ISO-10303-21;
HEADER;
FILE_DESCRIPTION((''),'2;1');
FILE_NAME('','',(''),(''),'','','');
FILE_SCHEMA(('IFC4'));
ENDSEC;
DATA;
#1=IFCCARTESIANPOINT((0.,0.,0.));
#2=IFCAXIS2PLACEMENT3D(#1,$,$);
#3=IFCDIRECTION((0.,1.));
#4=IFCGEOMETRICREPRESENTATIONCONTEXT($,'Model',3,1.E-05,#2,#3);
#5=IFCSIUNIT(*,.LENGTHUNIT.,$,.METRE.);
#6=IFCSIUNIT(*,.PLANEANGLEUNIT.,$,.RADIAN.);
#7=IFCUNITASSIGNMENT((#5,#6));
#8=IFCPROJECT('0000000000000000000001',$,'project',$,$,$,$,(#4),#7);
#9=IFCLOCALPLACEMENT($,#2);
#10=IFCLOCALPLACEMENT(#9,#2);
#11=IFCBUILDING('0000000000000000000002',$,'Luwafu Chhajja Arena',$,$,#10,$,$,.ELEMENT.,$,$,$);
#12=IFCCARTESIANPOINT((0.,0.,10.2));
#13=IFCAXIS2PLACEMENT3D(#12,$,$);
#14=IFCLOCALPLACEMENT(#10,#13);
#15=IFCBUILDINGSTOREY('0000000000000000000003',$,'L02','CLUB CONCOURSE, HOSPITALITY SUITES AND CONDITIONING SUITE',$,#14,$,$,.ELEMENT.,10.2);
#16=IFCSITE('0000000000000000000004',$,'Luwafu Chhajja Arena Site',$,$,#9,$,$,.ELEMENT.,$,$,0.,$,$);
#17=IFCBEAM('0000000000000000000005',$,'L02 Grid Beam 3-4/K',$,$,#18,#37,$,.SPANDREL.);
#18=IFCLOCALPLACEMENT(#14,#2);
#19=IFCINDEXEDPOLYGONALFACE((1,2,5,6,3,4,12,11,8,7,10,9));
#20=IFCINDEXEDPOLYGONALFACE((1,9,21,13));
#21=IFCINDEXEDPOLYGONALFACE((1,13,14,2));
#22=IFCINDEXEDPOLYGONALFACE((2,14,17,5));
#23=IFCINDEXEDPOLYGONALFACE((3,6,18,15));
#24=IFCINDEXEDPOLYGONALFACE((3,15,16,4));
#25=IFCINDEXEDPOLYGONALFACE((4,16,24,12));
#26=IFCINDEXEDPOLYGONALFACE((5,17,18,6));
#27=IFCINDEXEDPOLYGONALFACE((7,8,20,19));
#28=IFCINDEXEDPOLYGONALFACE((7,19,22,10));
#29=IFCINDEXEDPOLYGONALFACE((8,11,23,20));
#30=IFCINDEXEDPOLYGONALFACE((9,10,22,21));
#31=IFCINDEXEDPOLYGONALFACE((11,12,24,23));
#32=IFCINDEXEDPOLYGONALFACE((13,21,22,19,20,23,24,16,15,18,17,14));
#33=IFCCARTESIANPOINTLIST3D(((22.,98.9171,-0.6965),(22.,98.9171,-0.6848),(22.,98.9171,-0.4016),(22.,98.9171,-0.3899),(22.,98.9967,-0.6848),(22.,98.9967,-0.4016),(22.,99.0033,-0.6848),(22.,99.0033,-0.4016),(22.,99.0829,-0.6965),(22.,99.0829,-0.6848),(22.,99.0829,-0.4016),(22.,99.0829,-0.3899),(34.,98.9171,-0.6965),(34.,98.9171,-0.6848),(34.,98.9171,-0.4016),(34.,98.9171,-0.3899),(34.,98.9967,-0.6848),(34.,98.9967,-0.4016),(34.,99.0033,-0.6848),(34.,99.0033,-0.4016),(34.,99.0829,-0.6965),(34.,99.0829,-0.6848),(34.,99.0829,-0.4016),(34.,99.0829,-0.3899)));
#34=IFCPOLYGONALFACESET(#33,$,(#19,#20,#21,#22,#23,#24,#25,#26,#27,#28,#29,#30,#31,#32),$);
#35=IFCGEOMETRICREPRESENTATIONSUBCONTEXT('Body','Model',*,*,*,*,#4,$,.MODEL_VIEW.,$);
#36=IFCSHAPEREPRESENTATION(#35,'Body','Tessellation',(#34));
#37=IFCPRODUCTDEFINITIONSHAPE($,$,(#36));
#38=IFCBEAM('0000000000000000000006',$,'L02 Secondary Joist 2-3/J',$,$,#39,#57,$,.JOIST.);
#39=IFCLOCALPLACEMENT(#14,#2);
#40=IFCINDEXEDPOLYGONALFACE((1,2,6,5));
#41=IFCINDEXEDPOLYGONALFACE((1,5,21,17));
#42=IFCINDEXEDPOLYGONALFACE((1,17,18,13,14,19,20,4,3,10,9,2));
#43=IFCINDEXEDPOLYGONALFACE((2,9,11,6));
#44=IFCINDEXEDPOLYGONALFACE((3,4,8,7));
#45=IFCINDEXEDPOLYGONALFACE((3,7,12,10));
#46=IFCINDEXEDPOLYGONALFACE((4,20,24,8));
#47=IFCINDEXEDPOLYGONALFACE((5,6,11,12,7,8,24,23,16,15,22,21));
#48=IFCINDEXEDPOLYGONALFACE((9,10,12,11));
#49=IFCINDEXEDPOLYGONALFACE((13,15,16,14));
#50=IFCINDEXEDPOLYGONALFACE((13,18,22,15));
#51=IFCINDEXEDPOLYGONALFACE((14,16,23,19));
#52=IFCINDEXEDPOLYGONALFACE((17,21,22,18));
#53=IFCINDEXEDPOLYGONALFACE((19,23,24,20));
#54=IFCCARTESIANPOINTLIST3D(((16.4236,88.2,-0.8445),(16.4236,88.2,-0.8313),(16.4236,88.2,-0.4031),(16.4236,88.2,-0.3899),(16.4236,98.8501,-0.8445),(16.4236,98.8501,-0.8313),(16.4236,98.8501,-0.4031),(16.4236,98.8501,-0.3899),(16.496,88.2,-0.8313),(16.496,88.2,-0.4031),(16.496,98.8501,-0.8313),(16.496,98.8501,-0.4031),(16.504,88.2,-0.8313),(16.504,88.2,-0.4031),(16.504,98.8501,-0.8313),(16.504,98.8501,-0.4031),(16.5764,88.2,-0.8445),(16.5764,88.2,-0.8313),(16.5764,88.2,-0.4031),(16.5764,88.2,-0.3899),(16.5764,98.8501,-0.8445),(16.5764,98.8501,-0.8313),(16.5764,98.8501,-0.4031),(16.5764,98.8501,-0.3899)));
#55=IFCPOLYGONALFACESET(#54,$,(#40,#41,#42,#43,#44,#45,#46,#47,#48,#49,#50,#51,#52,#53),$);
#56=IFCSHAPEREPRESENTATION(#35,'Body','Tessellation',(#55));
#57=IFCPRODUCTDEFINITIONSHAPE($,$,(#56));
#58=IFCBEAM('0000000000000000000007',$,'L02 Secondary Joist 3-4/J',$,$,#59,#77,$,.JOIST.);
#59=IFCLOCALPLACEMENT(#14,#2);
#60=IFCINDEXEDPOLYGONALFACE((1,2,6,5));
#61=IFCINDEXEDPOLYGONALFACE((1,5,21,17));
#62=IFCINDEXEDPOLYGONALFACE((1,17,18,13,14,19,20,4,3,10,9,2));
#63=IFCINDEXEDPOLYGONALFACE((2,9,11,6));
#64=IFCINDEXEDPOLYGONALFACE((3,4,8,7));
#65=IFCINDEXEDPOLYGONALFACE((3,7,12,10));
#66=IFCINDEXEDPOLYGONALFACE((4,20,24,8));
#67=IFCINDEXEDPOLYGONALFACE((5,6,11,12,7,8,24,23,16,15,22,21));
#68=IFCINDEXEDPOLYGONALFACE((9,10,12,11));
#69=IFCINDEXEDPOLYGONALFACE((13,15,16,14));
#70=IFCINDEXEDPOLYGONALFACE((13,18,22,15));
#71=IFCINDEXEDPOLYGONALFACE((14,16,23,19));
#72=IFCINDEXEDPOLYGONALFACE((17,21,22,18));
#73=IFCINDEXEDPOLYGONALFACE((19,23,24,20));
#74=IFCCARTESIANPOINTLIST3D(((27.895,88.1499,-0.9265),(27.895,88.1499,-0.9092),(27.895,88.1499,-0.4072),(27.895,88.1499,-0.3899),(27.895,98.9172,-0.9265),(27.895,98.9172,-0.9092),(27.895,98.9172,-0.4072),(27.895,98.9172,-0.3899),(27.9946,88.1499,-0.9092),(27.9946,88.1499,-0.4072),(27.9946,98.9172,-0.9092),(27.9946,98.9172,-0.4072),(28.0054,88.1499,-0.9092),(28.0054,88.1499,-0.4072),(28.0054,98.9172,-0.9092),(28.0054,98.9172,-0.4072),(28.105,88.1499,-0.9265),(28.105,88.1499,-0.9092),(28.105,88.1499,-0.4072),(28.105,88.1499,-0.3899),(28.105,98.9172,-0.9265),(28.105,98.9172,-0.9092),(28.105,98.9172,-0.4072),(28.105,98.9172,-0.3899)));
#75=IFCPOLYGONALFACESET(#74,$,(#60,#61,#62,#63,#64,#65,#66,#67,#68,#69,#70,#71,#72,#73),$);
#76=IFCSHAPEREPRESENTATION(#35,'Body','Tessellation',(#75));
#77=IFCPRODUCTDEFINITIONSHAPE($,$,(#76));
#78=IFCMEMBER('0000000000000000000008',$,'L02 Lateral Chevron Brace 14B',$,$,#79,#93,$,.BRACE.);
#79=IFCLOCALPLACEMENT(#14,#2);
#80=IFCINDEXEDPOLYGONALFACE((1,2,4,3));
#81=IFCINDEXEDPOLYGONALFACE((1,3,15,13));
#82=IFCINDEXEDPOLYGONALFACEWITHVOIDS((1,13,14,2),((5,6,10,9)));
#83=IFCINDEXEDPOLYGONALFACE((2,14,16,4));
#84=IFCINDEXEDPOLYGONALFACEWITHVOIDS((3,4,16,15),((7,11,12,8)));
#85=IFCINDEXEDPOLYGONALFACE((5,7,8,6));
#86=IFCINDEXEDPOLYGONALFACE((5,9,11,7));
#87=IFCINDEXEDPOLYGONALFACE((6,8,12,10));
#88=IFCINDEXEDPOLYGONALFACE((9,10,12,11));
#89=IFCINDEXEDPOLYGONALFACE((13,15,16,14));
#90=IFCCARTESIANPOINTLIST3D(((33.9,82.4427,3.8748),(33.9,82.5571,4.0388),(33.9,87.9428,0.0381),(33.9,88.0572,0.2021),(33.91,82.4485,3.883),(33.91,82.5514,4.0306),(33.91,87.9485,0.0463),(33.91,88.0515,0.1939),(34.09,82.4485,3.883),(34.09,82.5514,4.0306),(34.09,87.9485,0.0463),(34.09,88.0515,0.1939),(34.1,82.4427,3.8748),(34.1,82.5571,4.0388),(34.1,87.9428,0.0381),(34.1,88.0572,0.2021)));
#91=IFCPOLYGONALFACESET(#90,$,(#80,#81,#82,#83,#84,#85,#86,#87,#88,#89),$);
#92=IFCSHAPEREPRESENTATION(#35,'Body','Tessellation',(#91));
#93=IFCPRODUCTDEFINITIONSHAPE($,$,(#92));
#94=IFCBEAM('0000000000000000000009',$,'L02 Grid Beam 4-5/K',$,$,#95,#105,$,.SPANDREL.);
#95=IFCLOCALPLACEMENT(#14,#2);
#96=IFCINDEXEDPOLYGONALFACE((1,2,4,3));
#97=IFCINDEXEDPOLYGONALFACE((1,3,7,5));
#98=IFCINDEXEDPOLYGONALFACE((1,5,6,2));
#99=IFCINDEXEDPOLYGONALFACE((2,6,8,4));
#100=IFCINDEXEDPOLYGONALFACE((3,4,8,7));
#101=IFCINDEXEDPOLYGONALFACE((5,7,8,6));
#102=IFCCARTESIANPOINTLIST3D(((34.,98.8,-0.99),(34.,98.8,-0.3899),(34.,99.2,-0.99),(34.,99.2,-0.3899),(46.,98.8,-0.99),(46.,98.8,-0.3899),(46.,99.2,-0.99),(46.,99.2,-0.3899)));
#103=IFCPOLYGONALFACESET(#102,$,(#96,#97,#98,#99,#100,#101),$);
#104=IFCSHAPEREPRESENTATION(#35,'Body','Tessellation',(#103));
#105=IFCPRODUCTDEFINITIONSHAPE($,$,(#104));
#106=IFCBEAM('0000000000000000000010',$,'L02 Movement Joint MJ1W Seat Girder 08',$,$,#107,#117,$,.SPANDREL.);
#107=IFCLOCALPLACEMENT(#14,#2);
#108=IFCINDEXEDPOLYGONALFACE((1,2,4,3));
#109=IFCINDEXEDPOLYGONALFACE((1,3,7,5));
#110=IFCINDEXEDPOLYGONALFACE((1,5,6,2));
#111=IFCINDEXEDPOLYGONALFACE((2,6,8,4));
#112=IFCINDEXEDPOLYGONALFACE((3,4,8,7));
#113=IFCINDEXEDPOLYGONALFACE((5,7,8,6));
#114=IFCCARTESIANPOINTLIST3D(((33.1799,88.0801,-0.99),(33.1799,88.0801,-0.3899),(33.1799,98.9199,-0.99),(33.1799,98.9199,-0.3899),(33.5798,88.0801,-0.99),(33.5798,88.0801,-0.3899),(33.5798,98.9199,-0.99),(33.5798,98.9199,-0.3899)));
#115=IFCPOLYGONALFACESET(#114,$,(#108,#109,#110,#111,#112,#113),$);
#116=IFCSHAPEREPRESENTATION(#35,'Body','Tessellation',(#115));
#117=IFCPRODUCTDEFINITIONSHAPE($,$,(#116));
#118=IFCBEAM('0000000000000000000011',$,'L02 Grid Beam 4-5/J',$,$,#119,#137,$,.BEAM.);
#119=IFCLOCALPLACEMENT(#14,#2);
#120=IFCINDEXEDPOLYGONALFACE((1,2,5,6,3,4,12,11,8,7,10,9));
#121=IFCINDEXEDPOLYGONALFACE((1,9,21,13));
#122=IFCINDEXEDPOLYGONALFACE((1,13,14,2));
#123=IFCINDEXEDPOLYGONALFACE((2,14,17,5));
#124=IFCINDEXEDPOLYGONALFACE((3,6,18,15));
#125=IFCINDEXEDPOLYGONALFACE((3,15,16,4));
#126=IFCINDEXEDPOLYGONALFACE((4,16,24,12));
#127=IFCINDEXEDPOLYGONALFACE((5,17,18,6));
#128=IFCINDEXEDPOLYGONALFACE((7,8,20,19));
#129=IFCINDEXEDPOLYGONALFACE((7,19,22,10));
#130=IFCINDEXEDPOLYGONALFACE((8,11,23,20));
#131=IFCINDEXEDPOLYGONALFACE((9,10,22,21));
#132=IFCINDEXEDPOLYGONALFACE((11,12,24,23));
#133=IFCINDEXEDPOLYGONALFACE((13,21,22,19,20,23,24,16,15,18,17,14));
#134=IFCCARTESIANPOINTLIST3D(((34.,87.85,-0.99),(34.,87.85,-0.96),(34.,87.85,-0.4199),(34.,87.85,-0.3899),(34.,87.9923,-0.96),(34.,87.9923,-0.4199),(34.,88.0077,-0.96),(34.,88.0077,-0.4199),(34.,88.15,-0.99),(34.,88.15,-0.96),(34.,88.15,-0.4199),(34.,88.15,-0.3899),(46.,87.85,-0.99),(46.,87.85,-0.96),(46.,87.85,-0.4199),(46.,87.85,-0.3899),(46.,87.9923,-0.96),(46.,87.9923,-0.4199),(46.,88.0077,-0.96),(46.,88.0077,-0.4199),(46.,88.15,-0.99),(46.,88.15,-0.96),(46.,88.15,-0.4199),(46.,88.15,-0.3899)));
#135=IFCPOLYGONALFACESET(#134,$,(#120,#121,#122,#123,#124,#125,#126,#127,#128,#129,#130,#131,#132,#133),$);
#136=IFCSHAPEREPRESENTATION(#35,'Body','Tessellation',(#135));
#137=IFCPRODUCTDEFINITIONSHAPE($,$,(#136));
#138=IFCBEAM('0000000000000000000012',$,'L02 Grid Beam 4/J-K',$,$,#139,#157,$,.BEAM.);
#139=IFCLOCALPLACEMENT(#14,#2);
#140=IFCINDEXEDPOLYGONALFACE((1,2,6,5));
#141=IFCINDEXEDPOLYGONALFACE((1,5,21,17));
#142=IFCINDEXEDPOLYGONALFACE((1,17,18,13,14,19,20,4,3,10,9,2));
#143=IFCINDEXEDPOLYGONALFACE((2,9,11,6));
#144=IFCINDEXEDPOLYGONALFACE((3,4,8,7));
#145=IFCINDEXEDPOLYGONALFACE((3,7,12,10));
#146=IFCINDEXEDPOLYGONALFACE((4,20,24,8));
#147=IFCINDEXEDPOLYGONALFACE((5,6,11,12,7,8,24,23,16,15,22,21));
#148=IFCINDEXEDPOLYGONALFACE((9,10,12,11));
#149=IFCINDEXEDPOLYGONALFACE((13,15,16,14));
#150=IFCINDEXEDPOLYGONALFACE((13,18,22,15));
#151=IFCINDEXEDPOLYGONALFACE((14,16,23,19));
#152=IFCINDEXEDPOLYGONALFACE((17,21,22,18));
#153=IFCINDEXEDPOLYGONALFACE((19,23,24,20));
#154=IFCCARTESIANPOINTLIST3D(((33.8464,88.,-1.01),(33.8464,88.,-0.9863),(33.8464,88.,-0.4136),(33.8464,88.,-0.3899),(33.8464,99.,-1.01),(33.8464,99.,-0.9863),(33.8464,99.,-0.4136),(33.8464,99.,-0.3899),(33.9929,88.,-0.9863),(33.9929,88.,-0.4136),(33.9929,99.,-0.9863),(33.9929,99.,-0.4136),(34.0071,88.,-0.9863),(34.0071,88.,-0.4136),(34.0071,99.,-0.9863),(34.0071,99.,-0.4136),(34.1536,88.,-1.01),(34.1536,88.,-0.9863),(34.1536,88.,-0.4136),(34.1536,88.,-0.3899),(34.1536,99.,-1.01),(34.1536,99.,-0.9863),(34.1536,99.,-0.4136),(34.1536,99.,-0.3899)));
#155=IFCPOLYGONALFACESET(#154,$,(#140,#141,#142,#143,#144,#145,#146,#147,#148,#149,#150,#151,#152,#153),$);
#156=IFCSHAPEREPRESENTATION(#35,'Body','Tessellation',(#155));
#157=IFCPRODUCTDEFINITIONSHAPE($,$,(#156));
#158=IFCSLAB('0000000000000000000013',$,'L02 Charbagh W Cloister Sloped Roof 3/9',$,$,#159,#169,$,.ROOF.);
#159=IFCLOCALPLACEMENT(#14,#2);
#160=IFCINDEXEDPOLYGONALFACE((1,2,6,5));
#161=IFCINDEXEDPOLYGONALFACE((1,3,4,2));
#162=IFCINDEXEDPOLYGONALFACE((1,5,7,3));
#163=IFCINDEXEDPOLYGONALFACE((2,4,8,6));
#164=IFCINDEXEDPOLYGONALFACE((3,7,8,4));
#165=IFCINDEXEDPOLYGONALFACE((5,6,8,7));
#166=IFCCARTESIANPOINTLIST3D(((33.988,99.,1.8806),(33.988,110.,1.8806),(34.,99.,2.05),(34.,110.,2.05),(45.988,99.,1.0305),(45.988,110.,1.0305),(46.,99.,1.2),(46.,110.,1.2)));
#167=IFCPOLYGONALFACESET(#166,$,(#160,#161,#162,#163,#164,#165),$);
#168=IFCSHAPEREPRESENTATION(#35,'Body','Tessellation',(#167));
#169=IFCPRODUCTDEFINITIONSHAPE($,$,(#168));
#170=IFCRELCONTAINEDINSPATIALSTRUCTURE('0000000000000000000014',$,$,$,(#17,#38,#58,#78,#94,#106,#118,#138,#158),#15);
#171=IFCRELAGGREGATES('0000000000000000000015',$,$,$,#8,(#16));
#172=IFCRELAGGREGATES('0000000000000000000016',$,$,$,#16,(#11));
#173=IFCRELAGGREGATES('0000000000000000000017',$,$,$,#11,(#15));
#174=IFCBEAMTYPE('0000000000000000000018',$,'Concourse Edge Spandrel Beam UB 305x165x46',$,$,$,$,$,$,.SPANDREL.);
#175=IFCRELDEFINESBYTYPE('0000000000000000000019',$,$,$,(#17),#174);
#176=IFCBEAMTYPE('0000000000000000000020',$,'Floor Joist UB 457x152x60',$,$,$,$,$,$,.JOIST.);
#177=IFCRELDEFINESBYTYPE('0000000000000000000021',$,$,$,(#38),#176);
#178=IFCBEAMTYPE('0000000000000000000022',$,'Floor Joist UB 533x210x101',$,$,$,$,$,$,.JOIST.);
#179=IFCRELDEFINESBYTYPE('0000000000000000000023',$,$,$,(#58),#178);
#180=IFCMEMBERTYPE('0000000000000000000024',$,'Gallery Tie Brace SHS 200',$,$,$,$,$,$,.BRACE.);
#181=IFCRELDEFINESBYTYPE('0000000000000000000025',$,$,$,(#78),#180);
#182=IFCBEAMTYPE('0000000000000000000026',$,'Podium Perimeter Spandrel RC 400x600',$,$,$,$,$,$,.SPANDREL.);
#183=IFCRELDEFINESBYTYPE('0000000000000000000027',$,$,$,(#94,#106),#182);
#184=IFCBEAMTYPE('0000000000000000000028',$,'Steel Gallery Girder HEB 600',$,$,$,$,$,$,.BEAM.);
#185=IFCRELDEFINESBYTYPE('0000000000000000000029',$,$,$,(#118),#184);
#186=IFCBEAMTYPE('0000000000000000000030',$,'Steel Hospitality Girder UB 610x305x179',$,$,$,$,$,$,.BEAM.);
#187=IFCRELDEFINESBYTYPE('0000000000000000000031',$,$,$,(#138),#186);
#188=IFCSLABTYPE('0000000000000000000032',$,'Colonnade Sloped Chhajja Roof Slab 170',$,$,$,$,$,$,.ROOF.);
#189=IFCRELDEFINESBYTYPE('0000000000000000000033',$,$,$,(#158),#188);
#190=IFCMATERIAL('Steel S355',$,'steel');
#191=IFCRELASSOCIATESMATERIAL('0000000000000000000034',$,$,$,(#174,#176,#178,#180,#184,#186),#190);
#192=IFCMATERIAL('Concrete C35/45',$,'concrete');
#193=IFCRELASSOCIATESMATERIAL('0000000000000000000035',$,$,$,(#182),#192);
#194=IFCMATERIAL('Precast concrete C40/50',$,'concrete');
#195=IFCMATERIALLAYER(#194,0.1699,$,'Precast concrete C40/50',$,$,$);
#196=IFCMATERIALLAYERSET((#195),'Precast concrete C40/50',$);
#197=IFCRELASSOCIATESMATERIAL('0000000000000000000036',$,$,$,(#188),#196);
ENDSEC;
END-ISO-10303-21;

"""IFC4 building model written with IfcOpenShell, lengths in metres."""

from ifc_helpers import new_model, si_unit, direction, frame, origin, origin_2d, place, context, subcontext, project, spatial, polyline, rectangle, hollow_rectangle, i_section, outline, extrude, material, layer, layer_set, material_profile, profile_set, type_object, element, save


model = new_model("IFC4")

# Units and contexts
model_context = context("Model", 3, precision=1e-05, world=origin(), true_north=direction((0.0, 1.0)))
body_context = subcontext(model_context, "Body", "Model", "MODEL_VIEW")
ifc_project = project(units=[si_unit("LENGTHUNIT", "METRE"), si_unit("PLANEANGLEUNIT", "RADIAN")], contexts=[model_context])

# Site, building, storey
site_placement = place(None, origin())
site = spatial("IfcSite", under=ifc_project, at=site_placement, Name="Luwafu Chhajja Arena Site", CompositionType="ELEMENT", RefElevation=0.0)
building_placement = place(site_placement, origin())
building = spatial("IfcBuilding", under=site, at=building_placement, Name="Luwafu Chhajja Arena", CompositionType="ELEMENT")
storey_placement = place(building_placement, frame((0.0, 0.0, 10.2)))
storey = spatial("IfcBuildingStorey", under=building, at=storey_placement, Name="L02", Description="CLUB CONCOURSE, HOSPITALITY SUITES AND CONDITIONING SUITE", CompositionType="ELEMENT", Elevation=10.2)

# Shared definitions
ifc_material_1 = material(Name="Concrete C35/45", Category="concrete")
ifc_material_2 = material(Name="Steel S355", Category="steel")

# Beams
ifc_material_profile_1 = material_profile(ifc_material_2, i_section(OverallWidth=0.1658, OverallDepth=0.3066, WebThickness=0.0066, FlangeThickness=0.0117, at=origin_2d()), Name="UB 305x165x46")
ifc_profile_set_1 = profile_set([ifc_material_profile_1], Name="Steel S355")
beam_type_1 = type_object("IfcBeamType", Name="Concourse Edge Spandrel Beam UB 305x165x46", PredefinedType="SPANDREL", material=ifc_profile_set_1)
beam_1_placement = place(storey_placement, frame((22.0, 99.0, -0.5432), z_axis=(1.0, 0.0, 0.0), x_axis=(0.0, 1.0, 0.0)))
element("IfcBeam", 1, at=beam_1_placement, inside=storey, type_object=beam_type_1, Name="L02 Grid Beam 3-4/K", PredefinedType="SPANDREL", context=body_context, shape_type="SweptSolid", body=[
    extrude(i_section(OverallWidth=0.1658, OverallDepth=0.3066, WebThickness=0.0066, FlangeThickness=0.0117, at=origin_2d()), origin(), (0.0, 0.0, 1.0), 12.0),
])
ifc_material_profile_2 = material_profile(ifc_material_2, i_section(OverallWidth=0.1528, OverallDepth=0.4546, WebThickness=0.0081, FlangeThickness=0.0132, at=origin_2d()), Name="UB 457x152x60")
ifc_profile_set_2 = profile_set([ifc_material_profile_2], Name="Steel S355")
beam_type_2 = type_object("IfcBeamType", Name="Floor Joist UB 457x152x60", PredefinedType="JOIST", material=ifc_profile_set_2)
beam_2_placement = place(storey_placement, frame((16.5, 88.2, -0.6172), z_axis=(0.0, 1.0, 0.0), x_axis=(-1.0, 0.0, 0.0)))
element("IfcBeam", 2, at=beam_2_placement, inside=storey, type_object=beam_type_2, Name="L02 Secondary Joist 2-3/J", PredefinedType="JOIST", context=body_context, shape_type="SweptSolid", body=[
    extrude(i_section(OverallWidth=0.1528, OverallDepth=0.4546, WebThickness=0.0081, FlangeThickness=0.0132, at=origin_2d()), origin(), (0.0, 0.0, 1.0), 10.6501),
])
ifc_material_profile_3 = material_profile(ifc_material_2, i_section(OverallWidth=0.21, OverallDepth=0.5366, WebThickness=0.0107, FlangeThickness=0.0173, at=origin_2d()), Name="UB 533x210x101")
ifc_profile_set_3 = profile_set([ifc_material_profile_3], Name="Steel S355")
beam_type_3 = type_object("IfcBeamType", Name="Floor Joist UB 533x210x101", PredefinedType="JOIST", material=ifc_profile_set_3)
beam_3_placement = place(storey_placement, frame((28.0, 88.1499, -0.6582), z_axis=(0.0, 1.0, 0.0), x_axis=(-1.0, 0.0, 0.0)))
element("IfcBeam", 3, at=beam_3_placement, inside=storey, type_object=beam_type_3, Name="L02 Secondary Joist 3-4/J", PredefinedType="JOIST", context=body_context, shape_type="SweptSolid", body=[
    extrude(i_section(OverallWidth=0.21, OverallDepth=0.5366, WebThickness=0.0107, FlangeThickness=0.0173, at=origin_2d()), origin(), (0.0, 0.0, 1.0), 10.7673),
])

# Member
ifc_material_profile_4 = material_profile(ifc_material_2, hollow_rectangle(XDim=0.2, YDim=0.2, WallThickness=0.01, at=origin_2d()), Name="SHS 200x200x10")
ifc_profile_set_4 = profile_set([ifc_material_profile_4], Name="Steel S355")
member_type = type_object("IfcMemberType", Name="Gallery Tie Brace SHS 200", PredefinedType="BRACE", material=ifc_profile_set_4)
member_placement = place(storey_placement, frame((34.0, 88.0, 0.1201), z_axis=(0.0, -0.820165, 0.572127), x_axis=(1.0, 0.0, 0.0)))
element("IfcMember", 4, at=member_placement, inside=storey, type_object=member_type, Name="L02 Lateral Chevron Brace 14B", PredefinedType="BRACE", context=body_context, shape_type="SweptSolid", body=[
    extrude(hollow_rectangle(XDim=0.2, YDim=0.2, WallThickness=0.01, at=origin_2d()), origin(), (0.0, 0.0, 1.0), 6.7061),
])

# Beams
ifc_material_profile_5 = material_profile(ifc_material_1, rectangle(XDim=0.3999, YDim=0.6001, at=origin_2d()), Name="RC 400x600")
ifc_profile_set_5 = profile_set([ifc_material_profile_5], Name="Concrete C35/45")
beam_type_4 = type_object("IfcBeamType", Name="Podium Perimeter Spandrel RC 400x600", PredefinedType="SPANDREL", material=ifc_profile_set_5)
beam_4_placement = place(storey_placement, frame((34.0, 99.0, -0.6899), z_axis=(1.0, 0.0, 0.0), x_axis=(0.0, 1.0, 0.0)))
element("IfcBeam", 5, at=beam_4_placement, inside=storey, type_object=beam_type_4, Name="L02 Grid Beam 4-5/K", PredefinedType="SPANDREL", context=body_context, shape_type="SweptSolid", body=[
    extrude(rectangle(XDim=0.3999, YDim=0.6001, at=origin_2d()), origin(), (0.0, 0.0, 1.0), 12.0),
])
beam_5_placement = place(storey_placement, frame((33.3799, 88.0801, -0.6899), z_axis=(0.0, 1.0, 0.0), x_axis=(-1.0, 0.0, 0.0)))
element("IfcBeam", 6, at=beam_5_placement, inside=storey, type_object=beam_type_4, Name="L02 Movement Joint MJ1W Seat Girder 08", PredefinedType="SPANDREL", context=body_context, shape_type="SweptSolid", body=[
    extrude(rectangle(XDim=0.3999, YDim=0.6001, at=origin_2d()), origin(), (0.0, 0.0, 1.0), 10.8398),
])
ifc_material_profile_6 = material_profile(ifc_material_2, i_section(OverallWidth=0.3, OverallDepth=0.6001, WebThickness=0.0154, FlangeThickness=0.03, at=origin_2d()), Name="HEB 600")
ifc_profile_set_6 = profile_set([ifc_material_profile_6], Name="Steel S355")
beam_type_5 = type_object("IfcBeamType", Name="Steel Gallery Girder HEB 600", PredefinedType="BEAM", material=ifc_profile_set_6)
beam_6_placement = place(storey_placement, frame((34.0, 88.0, -0.6899), z_axis=(1.0, 0.0, 0.0), x_axis=(0.0, 1.0, 0.0)))
element("IfcBeam", 7, at=beam_6_placement, inside=storey, type_object=beam_type_5, Name="L02 Grid Beam 4-5/J", PredefinedType="BEAM", context=body_context, shape_type="SweptSolid", body=[
    extrude(i_section(OverallWidth=0.3, OverallDepth=0.6001, WebThickness=0.0154, FlangeThickness=0.03, at=origin_2d()), origin(), (0.0, 0.0, 1.0), 12.0),
])
ifc_material_profile_7 = material_profile(ifc_material_2, i_section(OverallWidth=0.3071, OverallDepth=0.6201, WebThickness=0.0142, FlangeThickness=0.0237, at=origin_2d()), Name="UB 610x305x179")
ifc_profile_set_7 = profile_set([ifc_material_profile_7], Name="Steel S355")
beam_type_6 = type_object("IfcBeamType", Name="Steel Hospitality Girder UB 610x305x179", PredefinedType="BEAM", material=ifc_profile_set_7)
beam_7_placement = place(storey_placement, frame((34.0, 88.0, -0.7), z_axis=(0.0, 1.0, 0.0), x_axis=(-1.0, 0.0, 0.0)))
element("IfcBeam", 8, at=beam_7_placement, inside=storey, type_object=beam_type_6, Name="L02 Grid Beam 4/J-K", PredefinedType="BEAM", context=body_context, shape_type="SweptSolid", body=[
    extrude(i_section(OverallWidth=0.3071, OverallDepth=0.6201, WebThickness=0.0142, FlangeThickness=0.0237, at=origin_2d()), origin(), (0.0, 0.0, 1.0), 11.0),
])

# Slab
ifc_material_3 = material(Name="Precast concrete C40/50", Category="concrete")
ifc_layer_1 = layer(ifc_material_3, 0.1699, Name="Precast concrete C40/50")
ifc_layer_set_1 = layer_set([ifc_layer_1], Name="Precast concrete C40/50")
slab_type = type_object("IfcSlabType", Name="Colonnade Sloped Chhajja Roof Slab 170", PredefinedType="ROOF", material=ifc_layer_set_1)
for number, where, z_axis, x_axis, name in (
    (9, (34.0, 99.0, 2.05), (0.070664, 0.0, 0.9975), (0.0, 1.0, 0.0), "L02 Charbagh W Cloister Sloped Roof 3/9"),
):
    element("IfcSlab", number, at=place(storey_placement, frame(where, z_axis=z_axis, x_axis=x_axis)), inside=storey, type_object=slab_type, Name=name, PredefinedType="ROOF", context=body_context, shape_type="SweptSolid", body=[
        extrude(outline(polyline([(0.0, 0.0), (11.0, 0.0), (11.0, -12.0301), (0.0, -12.0301), (0.0, 0.0)])), origin(), (0.0, 0.0, -1.0), 0.1699),
    ])

save(model, "model.ifc")
